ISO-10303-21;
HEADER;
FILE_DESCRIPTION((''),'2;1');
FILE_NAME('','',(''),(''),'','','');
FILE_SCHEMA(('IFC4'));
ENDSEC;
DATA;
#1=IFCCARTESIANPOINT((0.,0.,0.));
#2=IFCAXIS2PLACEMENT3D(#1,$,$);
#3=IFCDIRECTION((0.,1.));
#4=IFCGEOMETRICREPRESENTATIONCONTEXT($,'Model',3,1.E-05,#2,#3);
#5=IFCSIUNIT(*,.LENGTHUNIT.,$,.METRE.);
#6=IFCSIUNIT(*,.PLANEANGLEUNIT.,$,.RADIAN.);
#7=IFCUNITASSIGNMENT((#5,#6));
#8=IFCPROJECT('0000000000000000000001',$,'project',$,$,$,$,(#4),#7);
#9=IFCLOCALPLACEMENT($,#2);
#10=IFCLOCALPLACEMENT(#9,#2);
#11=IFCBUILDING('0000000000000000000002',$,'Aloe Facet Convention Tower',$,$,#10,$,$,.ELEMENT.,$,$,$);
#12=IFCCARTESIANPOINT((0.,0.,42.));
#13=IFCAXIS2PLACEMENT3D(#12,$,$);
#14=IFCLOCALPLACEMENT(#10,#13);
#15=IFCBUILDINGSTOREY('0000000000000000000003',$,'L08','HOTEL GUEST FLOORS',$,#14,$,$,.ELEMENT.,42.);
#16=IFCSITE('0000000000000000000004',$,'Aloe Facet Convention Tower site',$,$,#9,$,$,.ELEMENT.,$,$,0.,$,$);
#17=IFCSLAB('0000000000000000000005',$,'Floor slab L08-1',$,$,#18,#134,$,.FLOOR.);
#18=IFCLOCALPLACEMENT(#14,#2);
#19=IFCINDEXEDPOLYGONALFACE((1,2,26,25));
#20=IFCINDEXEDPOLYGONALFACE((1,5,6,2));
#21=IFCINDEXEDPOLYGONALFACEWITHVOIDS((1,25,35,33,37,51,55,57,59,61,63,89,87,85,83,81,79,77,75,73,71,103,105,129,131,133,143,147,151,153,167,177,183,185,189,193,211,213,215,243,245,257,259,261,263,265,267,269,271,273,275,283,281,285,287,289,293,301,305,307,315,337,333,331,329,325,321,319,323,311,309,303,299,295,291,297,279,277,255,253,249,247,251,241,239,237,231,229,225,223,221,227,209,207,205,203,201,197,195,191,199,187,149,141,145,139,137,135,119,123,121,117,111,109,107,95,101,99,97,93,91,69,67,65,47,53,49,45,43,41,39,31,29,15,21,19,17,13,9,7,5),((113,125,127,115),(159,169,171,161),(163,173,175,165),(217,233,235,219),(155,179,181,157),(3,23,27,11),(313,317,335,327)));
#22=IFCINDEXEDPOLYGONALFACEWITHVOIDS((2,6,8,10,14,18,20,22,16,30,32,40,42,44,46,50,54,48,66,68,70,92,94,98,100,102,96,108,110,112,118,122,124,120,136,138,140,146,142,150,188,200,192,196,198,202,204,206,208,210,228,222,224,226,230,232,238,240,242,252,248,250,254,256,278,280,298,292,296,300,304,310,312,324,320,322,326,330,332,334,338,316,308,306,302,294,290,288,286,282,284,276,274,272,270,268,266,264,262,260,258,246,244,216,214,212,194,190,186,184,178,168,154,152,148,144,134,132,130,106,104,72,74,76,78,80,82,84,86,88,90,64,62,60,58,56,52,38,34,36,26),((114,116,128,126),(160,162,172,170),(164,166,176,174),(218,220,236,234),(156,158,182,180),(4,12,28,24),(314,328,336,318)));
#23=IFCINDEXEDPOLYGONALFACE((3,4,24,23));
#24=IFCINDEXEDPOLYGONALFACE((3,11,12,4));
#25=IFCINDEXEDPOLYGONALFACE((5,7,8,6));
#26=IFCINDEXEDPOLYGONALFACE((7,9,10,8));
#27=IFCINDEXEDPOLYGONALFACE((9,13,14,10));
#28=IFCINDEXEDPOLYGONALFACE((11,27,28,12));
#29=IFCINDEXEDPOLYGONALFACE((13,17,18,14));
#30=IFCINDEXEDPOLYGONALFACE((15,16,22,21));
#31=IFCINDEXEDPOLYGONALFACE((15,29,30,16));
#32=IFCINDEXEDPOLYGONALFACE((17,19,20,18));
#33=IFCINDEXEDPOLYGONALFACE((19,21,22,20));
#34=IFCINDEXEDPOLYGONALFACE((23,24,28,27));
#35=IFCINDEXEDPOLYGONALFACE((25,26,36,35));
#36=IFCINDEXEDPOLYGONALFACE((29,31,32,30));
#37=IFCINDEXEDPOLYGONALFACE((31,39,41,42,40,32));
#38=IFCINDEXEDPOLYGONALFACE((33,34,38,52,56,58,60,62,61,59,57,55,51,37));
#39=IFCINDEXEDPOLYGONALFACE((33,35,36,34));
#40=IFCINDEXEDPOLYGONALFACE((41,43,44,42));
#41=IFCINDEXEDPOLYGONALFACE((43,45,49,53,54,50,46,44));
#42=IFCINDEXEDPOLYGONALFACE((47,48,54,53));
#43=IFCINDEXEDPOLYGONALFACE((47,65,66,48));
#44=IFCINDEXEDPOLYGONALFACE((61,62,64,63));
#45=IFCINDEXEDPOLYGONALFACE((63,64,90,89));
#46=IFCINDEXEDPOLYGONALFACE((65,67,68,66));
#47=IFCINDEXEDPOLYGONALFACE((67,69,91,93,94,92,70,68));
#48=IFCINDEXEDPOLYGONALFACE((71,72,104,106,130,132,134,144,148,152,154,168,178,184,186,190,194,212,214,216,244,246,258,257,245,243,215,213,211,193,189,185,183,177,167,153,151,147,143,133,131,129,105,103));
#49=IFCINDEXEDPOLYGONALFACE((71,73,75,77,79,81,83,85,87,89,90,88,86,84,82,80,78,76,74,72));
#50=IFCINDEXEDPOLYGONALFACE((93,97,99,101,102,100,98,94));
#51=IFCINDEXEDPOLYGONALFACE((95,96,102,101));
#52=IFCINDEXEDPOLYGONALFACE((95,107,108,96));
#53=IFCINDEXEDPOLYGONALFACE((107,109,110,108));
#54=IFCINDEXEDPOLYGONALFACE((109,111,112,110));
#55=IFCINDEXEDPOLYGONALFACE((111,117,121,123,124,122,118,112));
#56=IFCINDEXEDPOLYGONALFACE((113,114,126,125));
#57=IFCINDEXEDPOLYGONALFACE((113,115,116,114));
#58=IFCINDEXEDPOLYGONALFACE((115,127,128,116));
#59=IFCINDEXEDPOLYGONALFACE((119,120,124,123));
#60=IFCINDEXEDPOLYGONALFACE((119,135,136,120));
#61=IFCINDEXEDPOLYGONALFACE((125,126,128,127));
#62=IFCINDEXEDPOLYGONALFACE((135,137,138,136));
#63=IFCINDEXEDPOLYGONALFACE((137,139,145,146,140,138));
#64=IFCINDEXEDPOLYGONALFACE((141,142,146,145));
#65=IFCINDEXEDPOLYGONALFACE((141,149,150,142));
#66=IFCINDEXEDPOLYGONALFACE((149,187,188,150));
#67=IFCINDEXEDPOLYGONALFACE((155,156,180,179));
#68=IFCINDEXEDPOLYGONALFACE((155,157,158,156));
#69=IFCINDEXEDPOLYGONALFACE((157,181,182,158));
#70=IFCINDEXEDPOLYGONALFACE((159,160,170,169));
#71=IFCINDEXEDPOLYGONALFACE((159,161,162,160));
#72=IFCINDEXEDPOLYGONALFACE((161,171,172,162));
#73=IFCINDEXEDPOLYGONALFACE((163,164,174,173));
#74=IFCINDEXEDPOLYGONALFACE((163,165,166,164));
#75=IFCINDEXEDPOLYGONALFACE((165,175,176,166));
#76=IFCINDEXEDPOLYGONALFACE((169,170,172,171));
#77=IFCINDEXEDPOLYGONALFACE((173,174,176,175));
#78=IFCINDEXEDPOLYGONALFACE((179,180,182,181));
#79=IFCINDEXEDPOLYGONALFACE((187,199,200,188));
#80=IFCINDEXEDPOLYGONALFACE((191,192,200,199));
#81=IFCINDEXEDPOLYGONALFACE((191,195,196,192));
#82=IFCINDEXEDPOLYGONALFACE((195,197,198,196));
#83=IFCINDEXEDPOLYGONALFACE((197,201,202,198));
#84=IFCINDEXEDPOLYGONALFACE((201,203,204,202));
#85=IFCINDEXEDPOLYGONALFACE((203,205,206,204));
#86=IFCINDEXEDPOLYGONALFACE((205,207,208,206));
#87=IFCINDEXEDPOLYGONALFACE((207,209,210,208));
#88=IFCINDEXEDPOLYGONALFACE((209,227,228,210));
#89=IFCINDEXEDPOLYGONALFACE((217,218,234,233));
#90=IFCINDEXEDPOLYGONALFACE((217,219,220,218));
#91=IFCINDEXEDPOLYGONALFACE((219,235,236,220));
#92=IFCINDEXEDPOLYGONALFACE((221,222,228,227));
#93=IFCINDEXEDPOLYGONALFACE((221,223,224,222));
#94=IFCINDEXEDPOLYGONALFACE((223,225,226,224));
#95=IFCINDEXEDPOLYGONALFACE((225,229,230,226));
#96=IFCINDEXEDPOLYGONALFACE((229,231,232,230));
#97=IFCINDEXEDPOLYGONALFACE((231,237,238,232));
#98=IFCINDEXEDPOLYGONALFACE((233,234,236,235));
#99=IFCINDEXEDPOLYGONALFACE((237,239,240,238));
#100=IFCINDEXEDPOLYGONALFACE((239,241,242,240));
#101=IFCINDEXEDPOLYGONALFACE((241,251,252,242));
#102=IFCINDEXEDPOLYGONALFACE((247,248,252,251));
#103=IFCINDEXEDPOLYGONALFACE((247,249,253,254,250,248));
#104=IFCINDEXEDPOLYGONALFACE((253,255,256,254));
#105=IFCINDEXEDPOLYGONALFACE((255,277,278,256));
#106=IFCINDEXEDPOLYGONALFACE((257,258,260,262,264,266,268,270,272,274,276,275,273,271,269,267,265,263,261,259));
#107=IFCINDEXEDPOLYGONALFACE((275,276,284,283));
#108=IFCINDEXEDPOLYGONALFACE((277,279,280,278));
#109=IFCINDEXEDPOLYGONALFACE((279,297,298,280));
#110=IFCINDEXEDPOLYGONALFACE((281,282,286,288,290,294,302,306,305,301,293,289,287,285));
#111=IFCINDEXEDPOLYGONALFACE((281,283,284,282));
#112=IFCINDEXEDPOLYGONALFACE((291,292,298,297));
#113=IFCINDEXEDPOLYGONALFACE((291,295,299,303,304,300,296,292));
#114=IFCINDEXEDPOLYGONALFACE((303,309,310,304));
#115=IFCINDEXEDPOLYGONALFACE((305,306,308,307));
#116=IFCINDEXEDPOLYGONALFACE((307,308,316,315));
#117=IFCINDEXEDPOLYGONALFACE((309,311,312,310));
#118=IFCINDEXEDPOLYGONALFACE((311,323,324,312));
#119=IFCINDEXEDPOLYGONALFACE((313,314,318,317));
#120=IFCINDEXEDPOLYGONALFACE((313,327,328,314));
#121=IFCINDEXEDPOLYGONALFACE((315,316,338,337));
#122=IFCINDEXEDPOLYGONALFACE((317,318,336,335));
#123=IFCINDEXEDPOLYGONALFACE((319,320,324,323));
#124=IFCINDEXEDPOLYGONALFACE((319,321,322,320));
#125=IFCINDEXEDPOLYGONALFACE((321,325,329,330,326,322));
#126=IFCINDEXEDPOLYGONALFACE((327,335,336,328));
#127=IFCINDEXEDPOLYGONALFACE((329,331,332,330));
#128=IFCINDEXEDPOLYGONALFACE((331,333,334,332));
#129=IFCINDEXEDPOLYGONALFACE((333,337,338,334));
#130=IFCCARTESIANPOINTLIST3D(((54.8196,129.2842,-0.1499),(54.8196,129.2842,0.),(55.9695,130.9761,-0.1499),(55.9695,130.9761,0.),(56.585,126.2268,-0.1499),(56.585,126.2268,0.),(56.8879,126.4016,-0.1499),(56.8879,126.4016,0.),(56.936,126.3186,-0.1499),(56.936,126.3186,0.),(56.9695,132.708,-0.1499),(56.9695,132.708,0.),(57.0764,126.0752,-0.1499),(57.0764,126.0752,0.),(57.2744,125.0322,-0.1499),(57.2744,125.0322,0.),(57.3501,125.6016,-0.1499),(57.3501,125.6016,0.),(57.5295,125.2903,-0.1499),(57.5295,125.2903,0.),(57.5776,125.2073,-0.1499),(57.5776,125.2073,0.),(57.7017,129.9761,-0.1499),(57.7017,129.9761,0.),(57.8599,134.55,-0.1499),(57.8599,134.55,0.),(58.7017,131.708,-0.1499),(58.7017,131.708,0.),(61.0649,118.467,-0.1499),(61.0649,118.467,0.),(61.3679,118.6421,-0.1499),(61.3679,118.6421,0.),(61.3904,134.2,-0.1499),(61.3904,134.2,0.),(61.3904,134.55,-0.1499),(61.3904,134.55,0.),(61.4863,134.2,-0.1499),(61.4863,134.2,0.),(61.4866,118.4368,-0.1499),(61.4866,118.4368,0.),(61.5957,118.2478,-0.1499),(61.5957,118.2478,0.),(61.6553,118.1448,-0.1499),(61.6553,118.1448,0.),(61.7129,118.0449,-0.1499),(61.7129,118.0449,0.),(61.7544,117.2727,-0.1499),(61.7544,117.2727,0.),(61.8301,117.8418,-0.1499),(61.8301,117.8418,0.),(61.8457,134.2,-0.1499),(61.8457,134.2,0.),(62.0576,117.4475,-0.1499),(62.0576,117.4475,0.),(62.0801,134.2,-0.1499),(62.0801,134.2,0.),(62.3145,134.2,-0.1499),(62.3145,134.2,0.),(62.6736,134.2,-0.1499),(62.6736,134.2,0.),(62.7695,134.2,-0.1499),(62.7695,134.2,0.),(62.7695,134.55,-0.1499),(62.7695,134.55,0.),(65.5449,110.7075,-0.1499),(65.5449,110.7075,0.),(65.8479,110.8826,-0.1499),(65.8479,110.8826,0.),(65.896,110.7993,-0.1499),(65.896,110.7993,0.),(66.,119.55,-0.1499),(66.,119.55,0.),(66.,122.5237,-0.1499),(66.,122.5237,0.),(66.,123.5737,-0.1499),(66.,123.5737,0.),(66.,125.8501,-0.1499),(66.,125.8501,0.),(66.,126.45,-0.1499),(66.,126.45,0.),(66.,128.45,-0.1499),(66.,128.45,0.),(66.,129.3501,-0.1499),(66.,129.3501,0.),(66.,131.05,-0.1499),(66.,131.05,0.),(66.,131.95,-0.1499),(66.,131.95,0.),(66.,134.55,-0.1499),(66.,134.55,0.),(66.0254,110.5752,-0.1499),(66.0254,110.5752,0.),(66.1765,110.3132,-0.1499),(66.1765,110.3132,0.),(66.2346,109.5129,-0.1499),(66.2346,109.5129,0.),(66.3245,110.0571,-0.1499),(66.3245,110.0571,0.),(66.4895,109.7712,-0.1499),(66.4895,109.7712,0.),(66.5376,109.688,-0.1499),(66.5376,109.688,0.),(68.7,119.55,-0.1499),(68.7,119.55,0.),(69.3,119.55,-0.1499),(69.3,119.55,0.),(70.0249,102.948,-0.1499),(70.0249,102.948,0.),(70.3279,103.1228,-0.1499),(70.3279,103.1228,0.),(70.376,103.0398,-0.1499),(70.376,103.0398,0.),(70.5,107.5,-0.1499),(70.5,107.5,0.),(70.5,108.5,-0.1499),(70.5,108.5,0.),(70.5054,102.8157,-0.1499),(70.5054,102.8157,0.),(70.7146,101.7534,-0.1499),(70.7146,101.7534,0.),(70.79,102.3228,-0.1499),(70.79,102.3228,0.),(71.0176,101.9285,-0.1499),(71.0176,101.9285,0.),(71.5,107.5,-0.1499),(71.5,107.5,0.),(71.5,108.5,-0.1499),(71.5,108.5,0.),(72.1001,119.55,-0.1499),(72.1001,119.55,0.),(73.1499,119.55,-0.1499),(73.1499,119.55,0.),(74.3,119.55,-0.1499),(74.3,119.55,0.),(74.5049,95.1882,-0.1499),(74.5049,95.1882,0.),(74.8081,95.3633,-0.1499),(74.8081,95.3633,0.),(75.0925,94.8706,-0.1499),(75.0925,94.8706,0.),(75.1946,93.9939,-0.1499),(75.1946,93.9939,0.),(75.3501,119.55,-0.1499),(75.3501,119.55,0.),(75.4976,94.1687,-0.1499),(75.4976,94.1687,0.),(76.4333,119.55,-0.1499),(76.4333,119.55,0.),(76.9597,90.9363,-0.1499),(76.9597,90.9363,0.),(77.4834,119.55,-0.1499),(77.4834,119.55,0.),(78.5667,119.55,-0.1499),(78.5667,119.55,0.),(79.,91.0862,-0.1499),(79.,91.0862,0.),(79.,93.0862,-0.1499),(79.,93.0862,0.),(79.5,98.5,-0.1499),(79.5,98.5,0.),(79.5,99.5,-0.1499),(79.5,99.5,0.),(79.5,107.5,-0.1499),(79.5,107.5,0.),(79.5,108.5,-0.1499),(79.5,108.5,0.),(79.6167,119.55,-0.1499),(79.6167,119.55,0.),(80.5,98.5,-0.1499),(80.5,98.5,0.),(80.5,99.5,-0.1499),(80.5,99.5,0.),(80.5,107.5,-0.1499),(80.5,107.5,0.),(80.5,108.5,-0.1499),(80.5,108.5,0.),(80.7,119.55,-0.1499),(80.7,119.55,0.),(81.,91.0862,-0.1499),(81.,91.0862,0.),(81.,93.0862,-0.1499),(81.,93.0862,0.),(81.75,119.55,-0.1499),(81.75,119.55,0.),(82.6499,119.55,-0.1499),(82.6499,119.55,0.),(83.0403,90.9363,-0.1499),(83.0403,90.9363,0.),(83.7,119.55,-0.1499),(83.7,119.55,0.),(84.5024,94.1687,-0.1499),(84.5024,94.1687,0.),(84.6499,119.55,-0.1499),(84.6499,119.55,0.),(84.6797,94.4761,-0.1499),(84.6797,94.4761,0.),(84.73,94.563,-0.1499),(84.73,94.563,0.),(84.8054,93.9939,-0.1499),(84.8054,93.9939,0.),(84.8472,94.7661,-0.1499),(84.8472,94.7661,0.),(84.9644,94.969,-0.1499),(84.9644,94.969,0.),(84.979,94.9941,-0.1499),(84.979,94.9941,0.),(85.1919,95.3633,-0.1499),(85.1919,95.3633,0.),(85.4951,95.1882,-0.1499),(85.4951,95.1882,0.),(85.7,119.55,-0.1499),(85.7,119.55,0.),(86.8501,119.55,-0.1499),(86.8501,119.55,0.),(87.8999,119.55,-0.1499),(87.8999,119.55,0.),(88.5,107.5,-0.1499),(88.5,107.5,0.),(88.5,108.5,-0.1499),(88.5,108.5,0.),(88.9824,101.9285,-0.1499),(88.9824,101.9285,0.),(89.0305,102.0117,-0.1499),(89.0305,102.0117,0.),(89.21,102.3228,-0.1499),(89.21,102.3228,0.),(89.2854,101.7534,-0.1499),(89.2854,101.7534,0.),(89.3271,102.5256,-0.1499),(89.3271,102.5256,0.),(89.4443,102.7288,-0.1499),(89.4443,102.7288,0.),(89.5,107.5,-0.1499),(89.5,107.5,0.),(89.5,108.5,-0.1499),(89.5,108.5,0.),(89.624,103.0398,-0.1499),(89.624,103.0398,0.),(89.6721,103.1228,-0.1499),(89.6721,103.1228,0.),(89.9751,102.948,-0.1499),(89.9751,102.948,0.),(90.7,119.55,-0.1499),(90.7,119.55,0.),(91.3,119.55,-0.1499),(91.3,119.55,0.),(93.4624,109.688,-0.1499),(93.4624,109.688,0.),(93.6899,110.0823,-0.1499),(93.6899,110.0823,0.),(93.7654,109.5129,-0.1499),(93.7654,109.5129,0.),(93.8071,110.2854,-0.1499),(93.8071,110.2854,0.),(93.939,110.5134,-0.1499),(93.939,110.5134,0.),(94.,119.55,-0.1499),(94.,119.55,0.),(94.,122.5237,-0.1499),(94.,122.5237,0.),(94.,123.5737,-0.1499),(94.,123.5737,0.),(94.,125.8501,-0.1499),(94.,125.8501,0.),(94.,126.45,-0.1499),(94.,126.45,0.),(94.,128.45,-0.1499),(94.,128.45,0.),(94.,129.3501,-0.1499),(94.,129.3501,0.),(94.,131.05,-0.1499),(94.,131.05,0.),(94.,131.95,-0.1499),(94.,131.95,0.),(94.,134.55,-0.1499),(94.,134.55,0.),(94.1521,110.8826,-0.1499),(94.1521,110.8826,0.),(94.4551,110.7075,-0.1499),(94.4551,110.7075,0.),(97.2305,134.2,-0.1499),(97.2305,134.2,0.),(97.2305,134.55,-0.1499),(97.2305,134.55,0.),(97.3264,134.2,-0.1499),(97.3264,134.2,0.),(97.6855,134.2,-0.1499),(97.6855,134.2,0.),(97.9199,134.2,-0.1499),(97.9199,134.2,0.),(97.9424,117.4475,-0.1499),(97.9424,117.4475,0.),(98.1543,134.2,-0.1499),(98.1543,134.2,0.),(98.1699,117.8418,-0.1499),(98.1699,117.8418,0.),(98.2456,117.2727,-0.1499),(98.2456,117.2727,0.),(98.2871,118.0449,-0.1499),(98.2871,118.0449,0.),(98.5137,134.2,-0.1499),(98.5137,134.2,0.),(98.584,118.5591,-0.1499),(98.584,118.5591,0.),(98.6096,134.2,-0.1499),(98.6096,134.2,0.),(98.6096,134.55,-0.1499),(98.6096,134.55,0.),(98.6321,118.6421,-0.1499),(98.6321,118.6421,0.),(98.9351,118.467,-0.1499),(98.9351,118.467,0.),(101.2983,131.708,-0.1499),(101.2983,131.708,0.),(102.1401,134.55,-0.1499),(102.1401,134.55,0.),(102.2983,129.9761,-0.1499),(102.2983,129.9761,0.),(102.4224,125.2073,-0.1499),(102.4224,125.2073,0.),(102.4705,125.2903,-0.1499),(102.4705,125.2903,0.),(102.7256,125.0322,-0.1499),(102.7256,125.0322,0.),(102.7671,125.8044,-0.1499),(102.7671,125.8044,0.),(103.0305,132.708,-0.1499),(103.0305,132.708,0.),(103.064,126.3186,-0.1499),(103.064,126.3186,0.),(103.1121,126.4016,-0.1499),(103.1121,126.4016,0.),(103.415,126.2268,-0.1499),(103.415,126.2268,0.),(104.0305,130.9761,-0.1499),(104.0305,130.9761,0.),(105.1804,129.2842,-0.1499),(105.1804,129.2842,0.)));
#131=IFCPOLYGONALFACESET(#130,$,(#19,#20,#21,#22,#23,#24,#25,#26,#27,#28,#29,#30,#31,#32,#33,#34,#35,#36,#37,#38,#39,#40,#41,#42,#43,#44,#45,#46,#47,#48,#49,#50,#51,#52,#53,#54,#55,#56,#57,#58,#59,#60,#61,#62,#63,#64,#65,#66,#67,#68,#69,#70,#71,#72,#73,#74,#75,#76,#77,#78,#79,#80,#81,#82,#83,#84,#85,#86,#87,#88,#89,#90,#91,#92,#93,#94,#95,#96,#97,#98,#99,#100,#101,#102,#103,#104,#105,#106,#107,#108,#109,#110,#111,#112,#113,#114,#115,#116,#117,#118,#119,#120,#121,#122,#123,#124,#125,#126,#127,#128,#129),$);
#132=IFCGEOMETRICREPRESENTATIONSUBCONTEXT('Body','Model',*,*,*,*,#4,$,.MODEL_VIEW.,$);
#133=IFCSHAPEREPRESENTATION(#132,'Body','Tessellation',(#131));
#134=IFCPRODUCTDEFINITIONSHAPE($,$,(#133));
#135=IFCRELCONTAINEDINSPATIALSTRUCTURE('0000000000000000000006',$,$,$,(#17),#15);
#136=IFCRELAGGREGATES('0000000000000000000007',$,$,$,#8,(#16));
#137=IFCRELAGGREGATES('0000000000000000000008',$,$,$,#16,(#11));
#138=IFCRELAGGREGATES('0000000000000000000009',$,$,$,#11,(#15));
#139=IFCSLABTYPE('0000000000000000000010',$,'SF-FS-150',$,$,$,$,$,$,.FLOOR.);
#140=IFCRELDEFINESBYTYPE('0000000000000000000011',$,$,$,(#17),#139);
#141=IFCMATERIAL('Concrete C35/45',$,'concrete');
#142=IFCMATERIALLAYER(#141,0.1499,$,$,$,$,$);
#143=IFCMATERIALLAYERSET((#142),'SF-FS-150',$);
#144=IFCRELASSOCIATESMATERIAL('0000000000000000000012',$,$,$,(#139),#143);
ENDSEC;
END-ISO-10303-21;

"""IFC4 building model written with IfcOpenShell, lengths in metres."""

from ifc_helpers import new_model, si_unit, direction, frame, origin, place, context, subcontext, project, spatial, polyline, outline, extrude, material, layer, layer_set, type_object, element, save


model = new_model("IFC4")

# Units and contexts
model_context = context("Model", 3, precision=1e-05, world=origin(), true_north=direction((0.0, 1.0)))
body_context = subcontext(model_context, "Body", "Model", "MODEL_VIEW")
ifc_project = project(units=[si_unit("LENGTHUNIT", "METRE"), si_unit("PLANEANGLEUNIT", "RADIAN")], contexts=[model_context])

# Site, building, storey
site_placement = place(None, origin())
site = spatial("IfcSite", under=ifc_project, at=site_placement, Name="Aloe Facet Convention Tower site", CompositionType="ELEMENT", RefElevation=0.0)
building_placement = place(site_placement, origin())
building = spatial("IfcBuilding", under=site, at=building_placement, Name="Aloe Facet Convention Tower", CompositionType="ELEMENT")
storey_placement = place(building_placement, frame((0.0, 0.0, 42.0)))
storey = spatial("IfcBuildingStorey", under=building, at=storey_placement, Name="L08", Description="HOTEL GUEST FLOORS", CompositionType="ELEMENT", Elevation=42.0)

# Slab
ifc_material_1 = material(Name="Concrete C35/45", Category="concrete")
ifc_layer_1 = layer(ifc_material_1, 0.1499)
ifc_layer_set_1 = layer_set([ifc_layer_1], Name="SF-FS-150")
slab_type_1 = type_object("IfcSlabType", Name="SF-FS-150", PredefinedType="FLOOR", material=ifc_layer_set_1)
slab_1_placement = place(storey_placement, frame((0.0, 0.0, -0.1499)))
element("IfcSlab", 1, at=slab_1_placement, inside=storey, type_object=slab_type_1, Name="Floor slab L08-1", PredefinedType="FLOOR", context=body_context, shape_type="SweptSolid", body=[
    extrude(outline(polyline([(105.1804, 129.2842), (103.415, 126.2268), (103.1121, 126.4016), (103.064, 126.3186), (103.064, 126.3186), (102.7671, 125.8044), (102.4705, 125.2903), (102.4705, 125.2903), (102.4224, 125.2073), (102.7256, 125.0322), (98.9351, 118.467), (98.6321, 118.6421), (98.584, 118.5591), (98.2871, 118.0449), (98.1699, 117.8418), (97.9424, 117.4475), (98.2456, 117.2727), (94.4551, 110.7075), (94.1521, 110.8826), (93.939, 110.5134), (93.8071, 110.2854), (93.6899, 110.0823), (93.4624, 109.688), (93.7654, 109.5129), (89.9751, 102.948), (89.6721, 103.1228), (89.624, 103.0398), (89.4443, 102.7288), (89.3271, 102.5256), (89.21, 102.3228), (89.0305, 102.0117), (88.9824, 101.9285), (89.2854, 101.7534), (85.4951, 95.1882), (85.1919, 95.3633), (84.979, 94.9941), (84.9644, 94.969), (84.8472, 94.7661), (84.73, 94.563), (84.6797, 94.4761), (84.5024, 94.1687), (84.8054, 93.9939), (83.0403, 90.9363), (76.9597, 90.9363), (75.1946, 93.9939), (75.4976, 94.1687), (75.0925, 94.8706), (74.8081, 95.3633), (74.5049, 95.1882), (70.7146, 101.7534), (71.0176, 101.9285), (70.79, 102.3228), (70.5054, 102.8157), (70.376, 103.0398), (70.3279, 103.1228), (70.0249, 102.948), (66.2346, 109.5129), (66.5376, 109.688), (66.4895, 109.7712), (66.3245, 110.0571), (66.1765, 110.3132), (66.0254, 110.5752), (65.896, 110.7993), (65.8479, 110.8826), (65.5449, 110.7075), (61.7544, 117.2727), (62.0576, 117.4475), (61.8301, 117.8418), (61.7129, 118.0449), (61.6553, 118.1448), (61.5957, 118.2478), (61.4866, 118.4368), (61.3679, 118.6421), (61.0649, 118.467), (57.2744, 125.0322), (57.5776, 125.2073), (57.5295, 125.2903), (57.3501, 125.6016), (57.0764, 126.0752), (56.936, 126.3186), (56.8879, 126.4016), (56.585, 126.2268), (54.8196, 129.2842), (57.8599, 134.55), (61.3904, 134.55), (61.3904, 134.2), (61.4863, 134.2), (61.8457, 134.2), (62.0801, 134.2), (62.3145, 134.2), (62.6736, 134.2), (62.7695, 134.2), (62.7695, 134.55), (66.0, 134.55), (66.0, 131.95), (66.0, 131.05), (66.0, 129.3501), (66.0, 128.45), (66.0, 126.45), (66.0, 125.8501), (66.0, 123.5737), (66.0, 122.5237), (66.0, 119.55), (68.7, 119.55), (69.3, 119.55), (72.1001, 119.55), (73.1499, 119.55), (74.3, 119.55), (75.3501, 119.55), (76.4333, 119.55), (77.4834, 119.55), (78.5667, 119.55), (79.6167, 119.55), (80.7, 119.55), (81.75, 119.55), (82.6499, 119.55), (83.7, 119.55), (84.6499, 119.55), (85.7, 119.55), (86.8501, 119.55), (87.8999, 119.55), (90.7, 119.55), (91.3, 119.55), (94.0, 119.55), (94.0, 122.5237), (94.0, 123.5737), (94.0, 125.8501), (94.0, 126.45), (94.0, 128.45), (94.0, 129.3501), (94.0, 131.05), (94.0, 131.95), (94.0, 134.55), (97.2305, 134.55), (97.2305, 134.2), (97.3264, 134.2), (97.6855, 134.2), (97.9199, 134.2), (98.1543, 134.2), (98.5137, 134.2), (98.6096, 134.2), (98.6096, 134.55), (102.1401, 134.55), (105.1804, 129.2842)]), holes=[polyline([(57.7017, 129.9761), (58.7017, 131.708), (56.9695, 132.708), (55.9695, 130.9761), (57.7017, 129.9761)]), polyline([(79.0, 93.0862), (79.0, 91.0862), (81.0, 91.0862), (81.0, 93.0862), (79.0, 93.0862)]), polyline([(79.5, 99.5), (79.5, 98.5), (80.5, 98.5), (80.5, 99.5), (79.5, 99.5)]), polyline([(70.5, 108.5), (70.5, 107.5), (71.5, 107.5), (71.5, 108.5), (70.5, 108.5)]), polyline([(79.5, 107.5), (80.5, 107.5), (80.5, 108.5), (79.5, 108.5), (79.5, 107.5)]), polyline([(88.5, 107.5), (89.5, 107.5), (89.5, 108.5), (88.5, 108.5), (88.5, 107.5)]), polyline([(102.2983, 129.9761), (104.0305, 130.9761), (103.0305, 132.708), (101.2983, 131.708), (102.2983, 129.9761)])]), origin(), (0.0, 0.0, 1.0), 0.1499),
])

save(model, "model.ifc")
